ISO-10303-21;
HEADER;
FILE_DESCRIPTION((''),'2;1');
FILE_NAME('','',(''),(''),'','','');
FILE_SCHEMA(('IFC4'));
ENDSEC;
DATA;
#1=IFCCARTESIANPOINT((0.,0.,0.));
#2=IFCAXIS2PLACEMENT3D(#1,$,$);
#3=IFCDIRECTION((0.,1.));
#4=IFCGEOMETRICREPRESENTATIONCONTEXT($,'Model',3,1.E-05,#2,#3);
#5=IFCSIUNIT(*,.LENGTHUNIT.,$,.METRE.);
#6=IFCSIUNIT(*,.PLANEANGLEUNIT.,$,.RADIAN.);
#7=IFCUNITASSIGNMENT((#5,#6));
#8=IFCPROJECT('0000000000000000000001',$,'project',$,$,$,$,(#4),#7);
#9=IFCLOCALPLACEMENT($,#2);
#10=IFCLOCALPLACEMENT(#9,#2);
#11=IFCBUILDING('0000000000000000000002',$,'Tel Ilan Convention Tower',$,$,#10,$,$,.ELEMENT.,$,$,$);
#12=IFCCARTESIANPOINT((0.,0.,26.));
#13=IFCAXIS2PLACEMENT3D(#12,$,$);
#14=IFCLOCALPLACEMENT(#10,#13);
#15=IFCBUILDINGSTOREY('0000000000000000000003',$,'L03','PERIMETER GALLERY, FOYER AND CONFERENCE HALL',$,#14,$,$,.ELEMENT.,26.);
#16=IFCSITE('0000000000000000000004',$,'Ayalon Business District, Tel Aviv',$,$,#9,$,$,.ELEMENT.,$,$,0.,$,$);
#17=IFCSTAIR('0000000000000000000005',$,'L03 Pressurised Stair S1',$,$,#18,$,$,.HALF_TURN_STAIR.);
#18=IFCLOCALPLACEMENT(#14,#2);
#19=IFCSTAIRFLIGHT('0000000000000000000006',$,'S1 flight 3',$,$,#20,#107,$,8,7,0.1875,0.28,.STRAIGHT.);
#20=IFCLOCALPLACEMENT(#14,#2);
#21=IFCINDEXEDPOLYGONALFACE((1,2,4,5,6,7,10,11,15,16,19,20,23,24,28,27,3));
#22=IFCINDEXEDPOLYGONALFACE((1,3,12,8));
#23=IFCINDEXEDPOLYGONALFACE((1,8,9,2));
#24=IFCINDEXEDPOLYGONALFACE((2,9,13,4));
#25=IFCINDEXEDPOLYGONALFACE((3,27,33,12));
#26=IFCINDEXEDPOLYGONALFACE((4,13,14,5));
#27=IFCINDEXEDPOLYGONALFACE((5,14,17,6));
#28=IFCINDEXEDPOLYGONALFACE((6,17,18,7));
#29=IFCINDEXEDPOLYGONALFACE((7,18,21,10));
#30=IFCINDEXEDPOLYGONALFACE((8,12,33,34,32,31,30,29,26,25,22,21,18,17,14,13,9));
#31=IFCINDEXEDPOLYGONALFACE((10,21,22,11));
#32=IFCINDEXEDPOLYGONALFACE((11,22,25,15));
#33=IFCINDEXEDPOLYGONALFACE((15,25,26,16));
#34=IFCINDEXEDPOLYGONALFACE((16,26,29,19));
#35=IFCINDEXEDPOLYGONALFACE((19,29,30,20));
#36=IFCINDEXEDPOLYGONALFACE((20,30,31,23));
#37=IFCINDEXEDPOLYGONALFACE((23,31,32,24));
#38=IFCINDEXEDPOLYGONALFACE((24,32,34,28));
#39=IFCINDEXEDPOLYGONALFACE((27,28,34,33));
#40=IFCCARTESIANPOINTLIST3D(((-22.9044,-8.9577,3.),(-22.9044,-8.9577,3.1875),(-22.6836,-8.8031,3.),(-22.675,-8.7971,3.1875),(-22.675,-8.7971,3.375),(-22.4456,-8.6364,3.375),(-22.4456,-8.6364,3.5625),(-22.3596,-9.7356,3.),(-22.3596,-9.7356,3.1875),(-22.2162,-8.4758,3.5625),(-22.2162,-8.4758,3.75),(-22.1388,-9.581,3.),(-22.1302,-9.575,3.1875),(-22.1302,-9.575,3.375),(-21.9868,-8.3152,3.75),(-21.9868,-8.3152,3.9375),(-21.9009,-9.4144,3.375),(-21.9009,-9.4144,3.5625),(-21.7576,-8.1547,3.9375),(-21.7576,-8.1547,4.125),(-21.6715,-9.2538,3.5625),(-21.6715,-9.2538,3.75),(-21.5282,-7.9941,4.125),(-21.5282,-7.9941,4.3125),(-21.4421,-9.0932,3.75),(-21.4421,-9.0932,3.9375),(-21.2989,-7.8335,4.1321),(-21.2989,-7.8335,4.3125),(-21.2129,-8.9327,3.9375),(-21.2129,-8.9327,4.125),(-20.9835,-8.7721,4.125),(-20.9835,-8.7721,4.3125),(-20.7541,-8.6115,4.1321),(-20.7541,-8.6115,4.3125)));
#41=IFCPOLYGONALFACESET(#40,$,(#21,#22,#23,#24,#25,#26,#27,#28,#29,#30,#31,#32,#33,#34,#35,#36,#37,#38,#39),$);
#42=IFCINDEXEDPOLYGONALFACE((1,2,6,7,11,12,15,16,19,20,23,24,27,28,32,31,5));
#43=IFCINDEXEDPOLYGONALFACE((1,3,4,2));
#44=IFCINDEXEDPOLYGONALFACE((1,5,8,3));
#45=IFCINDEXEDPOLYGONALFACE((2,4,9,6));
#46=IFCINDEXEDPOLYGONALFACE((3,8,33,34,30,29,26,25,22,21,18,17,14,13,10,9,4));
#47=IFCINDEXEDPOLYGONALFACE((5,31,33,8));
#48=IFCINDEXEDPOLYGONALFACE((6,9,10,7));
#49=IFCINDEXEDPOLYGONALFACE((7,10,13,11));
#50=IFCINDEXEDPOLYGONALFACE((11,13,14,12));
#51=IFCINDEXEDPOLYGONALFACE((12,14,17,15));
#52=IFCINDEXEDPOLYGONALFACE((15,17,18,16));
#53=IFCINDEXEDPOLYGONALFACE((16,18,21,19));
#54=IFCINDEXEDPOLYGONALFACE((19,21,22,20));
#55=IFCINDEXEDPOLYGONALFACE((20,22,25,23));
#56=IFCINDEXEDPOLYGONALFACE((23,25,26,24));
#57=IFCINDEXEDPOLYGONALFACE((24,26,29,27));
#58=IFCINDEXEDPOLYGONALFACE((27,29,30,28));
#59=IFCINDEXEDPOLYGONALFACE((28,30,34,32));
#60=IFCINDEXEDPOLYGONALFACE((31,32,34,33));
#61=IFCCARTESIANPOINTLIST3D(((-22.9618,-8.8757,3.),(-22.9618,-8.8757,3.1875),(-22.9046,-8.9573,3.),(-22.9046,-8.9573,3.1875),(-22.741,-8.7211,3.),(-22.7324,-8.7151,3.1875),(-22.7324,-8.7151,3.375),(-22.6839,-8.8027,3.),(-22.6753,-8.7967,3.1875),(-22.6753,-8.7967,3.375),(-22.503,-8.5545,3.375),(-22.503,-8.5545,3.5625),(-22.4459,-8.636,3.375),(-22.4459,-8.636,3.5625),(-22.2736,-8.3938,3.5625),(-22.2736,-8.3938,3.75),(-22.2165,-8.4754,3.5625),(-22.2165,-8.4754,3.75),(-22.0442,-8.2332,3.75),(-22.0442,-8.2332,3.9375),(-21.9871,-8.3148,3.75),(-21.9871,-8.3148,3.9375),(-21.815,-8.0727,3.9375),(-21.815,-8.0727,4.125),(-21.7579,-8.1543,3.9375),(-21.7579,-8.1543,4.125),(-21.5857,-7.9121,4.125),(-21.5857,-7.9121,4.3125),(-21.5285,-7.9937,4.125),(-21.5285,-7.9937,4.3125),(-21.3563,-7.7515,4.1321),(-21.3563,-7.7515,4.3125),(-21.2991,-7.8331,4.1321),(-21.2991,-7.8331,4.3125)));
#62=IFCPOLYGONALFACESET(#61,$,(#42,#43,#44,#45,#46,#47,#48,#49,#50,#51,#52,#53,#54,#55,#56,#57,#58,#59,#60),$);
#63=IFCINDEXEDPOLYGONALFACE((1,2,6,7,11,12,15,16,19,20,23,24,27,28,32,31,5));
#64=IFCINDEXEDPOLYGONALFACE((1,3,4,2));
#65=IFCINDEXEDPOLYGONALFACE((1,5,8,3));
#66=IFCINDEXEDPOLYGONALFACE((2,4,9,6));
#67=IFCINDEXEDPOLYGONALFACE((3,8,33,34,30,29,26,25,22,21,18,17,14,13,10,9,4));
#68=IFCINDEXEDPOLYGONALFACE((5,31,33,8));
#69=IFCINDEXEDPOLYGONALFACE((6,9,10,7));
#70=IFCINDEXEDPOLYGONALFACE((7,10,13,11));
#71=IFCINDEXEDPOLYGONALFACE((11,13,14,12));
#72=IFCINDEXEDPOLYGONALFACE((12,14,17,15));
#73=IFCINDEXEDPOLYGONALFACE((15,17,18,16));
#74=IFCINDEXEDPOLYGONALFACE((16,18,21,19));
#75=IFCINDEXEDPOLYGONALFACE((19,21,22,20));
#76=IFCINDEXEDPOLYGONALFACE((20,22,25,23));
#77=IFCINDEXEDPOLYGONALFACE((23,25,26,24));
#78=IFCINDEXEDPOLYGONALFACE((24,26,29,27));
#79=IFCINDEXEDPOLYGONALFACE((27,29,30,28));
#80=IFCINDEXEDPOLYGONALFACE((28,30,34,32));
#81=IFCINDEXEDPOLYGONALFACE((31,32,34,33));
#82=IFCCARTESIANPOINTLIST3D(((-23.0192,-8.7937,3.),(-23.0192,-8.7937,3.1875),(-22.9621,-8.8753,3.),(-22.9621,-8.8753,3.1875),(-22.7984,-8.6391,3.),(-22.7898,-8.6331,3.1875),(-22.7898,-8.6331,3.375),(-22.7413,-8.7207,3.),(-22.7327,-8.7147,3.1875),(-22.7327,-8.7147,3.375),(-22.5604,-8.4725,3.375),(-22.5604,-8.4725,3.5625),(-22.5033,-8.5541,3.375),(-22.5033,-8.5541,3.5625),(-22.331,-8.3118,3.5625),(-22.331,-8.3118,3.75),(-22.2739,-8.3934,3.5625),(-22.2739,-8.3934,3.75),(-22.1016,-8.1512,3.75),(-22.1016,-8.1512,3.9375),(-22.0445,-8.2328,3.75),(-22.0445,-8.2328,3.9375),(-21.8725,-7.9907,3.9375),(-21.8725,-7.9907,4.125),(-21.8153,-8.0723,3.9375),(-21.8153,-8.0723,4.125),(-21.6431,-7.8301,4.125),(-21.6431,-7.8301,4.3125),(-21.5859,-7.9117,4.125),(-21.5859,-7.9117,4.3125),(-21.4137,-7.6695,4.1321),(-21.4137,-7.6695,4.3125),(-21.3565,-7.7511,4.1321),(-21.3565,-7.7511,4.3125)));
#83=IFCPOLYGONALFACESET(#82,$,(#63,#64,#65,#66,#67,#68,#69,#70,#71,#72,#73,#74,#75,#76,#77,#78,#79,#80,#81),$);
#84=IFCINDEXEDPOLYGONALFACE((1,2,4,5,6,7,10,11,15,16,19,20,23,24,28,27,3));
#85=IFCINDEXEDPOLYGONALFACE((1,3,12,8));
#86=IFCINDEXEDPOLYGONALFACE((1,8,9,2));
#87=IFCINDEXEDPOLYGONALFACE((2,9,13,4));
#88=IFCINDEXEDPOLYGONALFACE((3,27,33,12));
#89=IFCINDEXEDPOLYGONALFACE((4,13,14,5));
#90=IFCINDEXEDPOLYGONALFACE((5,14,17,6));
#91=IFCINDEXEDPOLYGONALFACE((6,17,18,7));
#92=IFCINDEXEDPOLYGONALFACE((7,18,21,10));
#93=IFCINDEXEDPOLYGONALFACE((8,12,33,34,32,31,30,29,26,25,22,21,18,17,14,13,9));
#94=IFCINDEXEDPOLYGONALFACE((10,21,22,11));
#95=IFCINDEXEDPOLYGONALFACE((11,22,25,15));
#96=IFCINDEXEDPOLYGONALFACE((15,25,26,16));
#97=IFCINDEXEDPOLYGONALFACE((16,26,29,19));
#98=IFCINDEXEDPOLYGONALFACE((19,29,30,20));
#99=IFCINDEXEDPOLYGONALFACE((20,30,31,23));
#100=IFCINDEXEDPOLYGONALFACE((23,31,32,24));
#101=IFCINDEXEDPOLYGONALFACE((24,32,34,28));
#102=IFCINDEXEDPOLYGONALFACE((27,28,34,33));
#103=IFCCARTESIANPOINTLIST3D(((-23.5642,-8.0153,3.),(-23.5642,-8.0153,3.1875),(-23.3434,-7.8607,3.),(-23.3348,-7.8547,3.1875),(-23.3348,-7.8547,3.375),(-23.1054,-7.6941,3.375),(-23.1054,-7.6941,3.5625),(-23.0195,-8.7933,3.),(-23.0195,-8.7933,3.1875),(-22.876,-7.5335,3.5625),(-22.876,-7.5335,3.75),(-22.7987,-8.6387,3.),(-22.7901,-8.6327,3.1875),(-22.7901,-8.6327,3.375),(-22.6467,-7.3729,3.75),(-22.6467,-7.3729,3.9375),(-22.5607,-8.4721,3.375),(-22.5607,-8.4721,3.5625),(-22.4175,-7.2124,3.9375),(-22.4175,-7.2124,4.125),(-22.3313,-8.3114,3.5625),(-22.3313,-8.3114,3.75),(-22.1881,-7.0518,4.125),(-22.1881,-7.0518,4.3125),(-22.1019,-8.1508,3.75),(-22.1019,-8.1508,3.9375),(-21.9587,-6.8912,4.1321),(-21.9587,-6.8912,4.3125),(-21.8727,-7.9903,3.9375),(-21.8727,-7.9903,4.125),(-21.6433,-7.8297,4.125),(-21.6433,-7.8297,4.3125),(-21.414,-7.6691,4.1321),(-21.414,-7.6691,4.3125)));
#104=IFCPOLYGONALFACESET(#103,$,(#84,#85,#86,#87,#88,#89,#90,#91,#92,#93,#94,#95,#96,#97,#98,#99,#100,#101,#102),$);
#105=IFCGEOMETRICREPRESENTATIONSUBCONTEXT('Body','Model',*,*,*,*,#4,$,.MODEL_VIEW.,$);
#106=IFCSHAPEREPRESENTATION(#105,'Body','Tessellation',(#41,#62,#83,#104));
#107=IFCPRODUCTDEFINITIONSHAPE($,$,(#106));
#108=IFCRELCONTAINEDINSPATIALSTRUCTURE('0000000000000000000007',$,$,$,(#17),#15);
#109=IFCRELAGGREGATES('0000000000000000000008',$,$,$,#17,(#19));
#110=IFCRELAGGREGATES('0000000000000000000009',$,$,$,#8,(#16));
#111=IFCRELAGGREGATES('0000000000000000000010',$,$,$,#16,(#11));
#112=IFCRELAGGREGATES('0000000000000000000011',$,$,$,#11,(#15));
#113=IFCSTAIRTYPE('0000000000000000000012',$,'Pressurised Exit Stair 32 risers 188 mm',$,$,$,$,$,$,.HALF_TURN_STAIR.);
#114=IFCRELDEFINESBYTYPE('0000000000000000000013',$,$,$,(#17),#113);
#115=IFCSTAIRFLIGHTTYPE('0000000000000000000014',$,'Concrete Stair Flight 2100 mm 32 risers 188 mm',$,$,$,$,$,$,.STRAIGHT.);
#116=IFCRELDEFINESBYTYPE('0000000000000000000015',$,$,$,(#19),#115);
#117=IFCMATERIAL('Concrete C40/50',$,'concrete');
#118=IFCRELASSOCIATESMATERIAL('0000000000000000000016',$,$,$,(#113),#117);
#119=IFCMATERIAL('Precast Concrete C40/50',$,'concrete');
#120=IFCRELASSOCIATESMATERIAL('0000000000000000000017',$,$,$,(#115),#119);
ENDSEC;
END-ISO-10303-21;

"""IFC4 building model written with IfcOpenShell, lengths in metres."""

from ifc_helpers import new_model, si_unit, direction, frame, origin, place, context, subcontext, project, spatial, polyline, outline, extrude, material, type_object, element, aggregate, save


model = new_model("IFC4")

# Units and contexts
model_context = context("Model", 3, precision=1e-05, world=origin(), true_north=direction((0.0, 1.0)))
body_context = subcontext(model_context, "Body", "Model", "MODEL_VIEW")
ifc_project = project(units=[si_unit("LENGTHUNIT", "METRE"), si_unit("PLANEANGLEUNIT", "RADIAN")], contexts=[model_context])

# Site, building, storey
site_placement = place(None, origin())
site = spatial("IfcSite", under=ifc_project, at=site_placement, Name="Ayalon Business District, Tel Aviv", CompositionType="ELEMENT", RefElevation=0.0)
building_placement = place(site_placement, origin())
building = spatial("IfcBuilding", under=site, at=building_placement, Name="Tel Ilan Convention Tower", CompositionType="ELEMENT")
storey_placement = place(building_placement, frame((0.0, 0.0, 26.0)))
storey = spatial("IfcBuildingStorey", under=building, at=storey_placement, Name="L03", Description="PERIMETER GALLERY, FOYER AND CONFERENCE HALL", CompositionType="ELEMENT", Elevation=26.0)

# Stair, stair flight
ifc_material_1 = material(Name="Concrete C40/50", Category="concrete")
stair_type = type_object("IfcStairType", Name="Pressurised Exit Stair 32 risers 188 mm", PredefinedType="HALF_TURN_STAIR", material=ifc_material_1)
stair_placement = place(storey_placement, origin())
stair = element("IfcStair", 1, at=stair_placement, inside=storey, type_object=stair_type, Name="L03 Pressurised Stair S1", PredefinedType="HALF_TURN_STAIR")
ifc_material_2 = material(Name="Precast Concrete C40/50", Category="concrete")
stair_flight_type = type_object("IfcStairFlightType", Name="Concrete Stair Flight 2100 mm 32 risers 188 mm", PredefinedType="STRAIGHT", material=ifc_material_2)
stair_flight_1_placement = place(storey_placement, frame((-22.9619, -8.8755, 3.0), z_axis=(0.0, 0.0, 1.0), x_axis=(0.819152, 0.573576, 0.0)))
stair_flight_1 = element("IfcStairFlight", 2, at=stair_flight_1_placement, type_object=stair_flight_type, Name="S1 flight 3", NumberOfRisers=8, NumberOfTreads=7, PredefinedType="STRAIGHT", RiserHeight=0.1875, TreadLength=0.28, context=body_context, shape_type="SweptSolid", body=[
    extrude(outline(polyline([(0.0, 0.0), (0.0, 0.1875), (0.28, 0.1875), (0.28, 0.375), (0.5601, 0.375), (0.5601, 0.5625), (0.8401, 0.5625), (0.8401, 0.75), (1.1201, 0.75), (1.1201, 0.9375), (1.3999, 0.9375), (1.3999, 1.125), (1.6799, 1.125), (1.6799, 1.3125), (1.96, 1.3125), (1.96, 1.5), (1.96, 1.1321), (0.2695, 0.0), (0.0, 0.0)])), frame((0.0, -0.1003, 0.0), z_axis=(0.0, -1.0, 0.0), x_axis=(1.0, 0.0, 0.0)), (0.0, 0.0, 1.0), 0.9497),
    extrude(outline(polyline([(0.0, 0.0), (0.0, 0.1875), (0.28, 0.1875), (0.28, 0.375), (0.5601, 0.375), (0.5601, 0.5625), (0.8401, 0.5625), (0.8401, 0.75), (1.1201, 0.75), (1.1201, 0.9375), (1.3999, 0.9375), (1.3999, 1.125), (1.6799, 1.125), (1.6799, 1.3125), (1.96, 1.3125), (1.96, 1.5), (1.96, 1.1321), (0.2695, 0.0), (0.0, 0.0)])), frame((0.0, -0.0002, 0.0), z_axis=(0.0, -1.0, 0.0), x_axis=(1.0, 0.0, 0.0)), (0.0, 0.0, 1.0), 0.0996),
    extrude(outline(polyline([(0.0, 0.0), (0.0, 0.1875), (0.28, 0.1875), (0.28, 0.375), (0.5601, 0.375), (0.5601, 0.5625), (0.8401, 0.5625), (0.8401, 0.75), (1.1201, 0.75), (1.1201, 0.9375), (1.3999, 0.9375), (1.3999, 1.125), (1.6799, 1.125), (1.6799, 1.3125), (1.96, 1.3125), (1.96, 1.5), (1.96, 1.1321), (0.2695, 0.0), (0.0, 0.0)])), frame((0.0, 0.0999, 0.0), z_axis=(0.0, -1.0, 0.0), x_axis=(1.0, 0.0, 0.0)), (0.0, 0.0, 1.0), 0.0996),
    extrude(outline(polyline([(0.0, 0.0), (0.0, 0.1875), (0.28, 0.1875), (0.28, 0.375), (0.5601, 0.375), (0.5601, 0.5625), (0.8401, 0.5625), (0.8401, 0.75), (1.1201, 0.75), (1.1201, 0.9375), (1.3999, 0.9375), (1.3999, 1.125), (1.6799, 1.125), (1.6799, 1.3125), (1.96, 1.3125), (1.96, 1.5), (1.96, 1.1321), (0.2695, 0.0), (0.0, 0.0)])), frame((0.0, 1.05, 0.0), z_axis=(0.0, -1.0, 0.0), x_axis=(1.0, 0.0, 0.0)), (0.0, 0.0, 1.0), 0.9497),
])
aggregate(stair, [stair_flight_1])

save(model, "model.ifc")
